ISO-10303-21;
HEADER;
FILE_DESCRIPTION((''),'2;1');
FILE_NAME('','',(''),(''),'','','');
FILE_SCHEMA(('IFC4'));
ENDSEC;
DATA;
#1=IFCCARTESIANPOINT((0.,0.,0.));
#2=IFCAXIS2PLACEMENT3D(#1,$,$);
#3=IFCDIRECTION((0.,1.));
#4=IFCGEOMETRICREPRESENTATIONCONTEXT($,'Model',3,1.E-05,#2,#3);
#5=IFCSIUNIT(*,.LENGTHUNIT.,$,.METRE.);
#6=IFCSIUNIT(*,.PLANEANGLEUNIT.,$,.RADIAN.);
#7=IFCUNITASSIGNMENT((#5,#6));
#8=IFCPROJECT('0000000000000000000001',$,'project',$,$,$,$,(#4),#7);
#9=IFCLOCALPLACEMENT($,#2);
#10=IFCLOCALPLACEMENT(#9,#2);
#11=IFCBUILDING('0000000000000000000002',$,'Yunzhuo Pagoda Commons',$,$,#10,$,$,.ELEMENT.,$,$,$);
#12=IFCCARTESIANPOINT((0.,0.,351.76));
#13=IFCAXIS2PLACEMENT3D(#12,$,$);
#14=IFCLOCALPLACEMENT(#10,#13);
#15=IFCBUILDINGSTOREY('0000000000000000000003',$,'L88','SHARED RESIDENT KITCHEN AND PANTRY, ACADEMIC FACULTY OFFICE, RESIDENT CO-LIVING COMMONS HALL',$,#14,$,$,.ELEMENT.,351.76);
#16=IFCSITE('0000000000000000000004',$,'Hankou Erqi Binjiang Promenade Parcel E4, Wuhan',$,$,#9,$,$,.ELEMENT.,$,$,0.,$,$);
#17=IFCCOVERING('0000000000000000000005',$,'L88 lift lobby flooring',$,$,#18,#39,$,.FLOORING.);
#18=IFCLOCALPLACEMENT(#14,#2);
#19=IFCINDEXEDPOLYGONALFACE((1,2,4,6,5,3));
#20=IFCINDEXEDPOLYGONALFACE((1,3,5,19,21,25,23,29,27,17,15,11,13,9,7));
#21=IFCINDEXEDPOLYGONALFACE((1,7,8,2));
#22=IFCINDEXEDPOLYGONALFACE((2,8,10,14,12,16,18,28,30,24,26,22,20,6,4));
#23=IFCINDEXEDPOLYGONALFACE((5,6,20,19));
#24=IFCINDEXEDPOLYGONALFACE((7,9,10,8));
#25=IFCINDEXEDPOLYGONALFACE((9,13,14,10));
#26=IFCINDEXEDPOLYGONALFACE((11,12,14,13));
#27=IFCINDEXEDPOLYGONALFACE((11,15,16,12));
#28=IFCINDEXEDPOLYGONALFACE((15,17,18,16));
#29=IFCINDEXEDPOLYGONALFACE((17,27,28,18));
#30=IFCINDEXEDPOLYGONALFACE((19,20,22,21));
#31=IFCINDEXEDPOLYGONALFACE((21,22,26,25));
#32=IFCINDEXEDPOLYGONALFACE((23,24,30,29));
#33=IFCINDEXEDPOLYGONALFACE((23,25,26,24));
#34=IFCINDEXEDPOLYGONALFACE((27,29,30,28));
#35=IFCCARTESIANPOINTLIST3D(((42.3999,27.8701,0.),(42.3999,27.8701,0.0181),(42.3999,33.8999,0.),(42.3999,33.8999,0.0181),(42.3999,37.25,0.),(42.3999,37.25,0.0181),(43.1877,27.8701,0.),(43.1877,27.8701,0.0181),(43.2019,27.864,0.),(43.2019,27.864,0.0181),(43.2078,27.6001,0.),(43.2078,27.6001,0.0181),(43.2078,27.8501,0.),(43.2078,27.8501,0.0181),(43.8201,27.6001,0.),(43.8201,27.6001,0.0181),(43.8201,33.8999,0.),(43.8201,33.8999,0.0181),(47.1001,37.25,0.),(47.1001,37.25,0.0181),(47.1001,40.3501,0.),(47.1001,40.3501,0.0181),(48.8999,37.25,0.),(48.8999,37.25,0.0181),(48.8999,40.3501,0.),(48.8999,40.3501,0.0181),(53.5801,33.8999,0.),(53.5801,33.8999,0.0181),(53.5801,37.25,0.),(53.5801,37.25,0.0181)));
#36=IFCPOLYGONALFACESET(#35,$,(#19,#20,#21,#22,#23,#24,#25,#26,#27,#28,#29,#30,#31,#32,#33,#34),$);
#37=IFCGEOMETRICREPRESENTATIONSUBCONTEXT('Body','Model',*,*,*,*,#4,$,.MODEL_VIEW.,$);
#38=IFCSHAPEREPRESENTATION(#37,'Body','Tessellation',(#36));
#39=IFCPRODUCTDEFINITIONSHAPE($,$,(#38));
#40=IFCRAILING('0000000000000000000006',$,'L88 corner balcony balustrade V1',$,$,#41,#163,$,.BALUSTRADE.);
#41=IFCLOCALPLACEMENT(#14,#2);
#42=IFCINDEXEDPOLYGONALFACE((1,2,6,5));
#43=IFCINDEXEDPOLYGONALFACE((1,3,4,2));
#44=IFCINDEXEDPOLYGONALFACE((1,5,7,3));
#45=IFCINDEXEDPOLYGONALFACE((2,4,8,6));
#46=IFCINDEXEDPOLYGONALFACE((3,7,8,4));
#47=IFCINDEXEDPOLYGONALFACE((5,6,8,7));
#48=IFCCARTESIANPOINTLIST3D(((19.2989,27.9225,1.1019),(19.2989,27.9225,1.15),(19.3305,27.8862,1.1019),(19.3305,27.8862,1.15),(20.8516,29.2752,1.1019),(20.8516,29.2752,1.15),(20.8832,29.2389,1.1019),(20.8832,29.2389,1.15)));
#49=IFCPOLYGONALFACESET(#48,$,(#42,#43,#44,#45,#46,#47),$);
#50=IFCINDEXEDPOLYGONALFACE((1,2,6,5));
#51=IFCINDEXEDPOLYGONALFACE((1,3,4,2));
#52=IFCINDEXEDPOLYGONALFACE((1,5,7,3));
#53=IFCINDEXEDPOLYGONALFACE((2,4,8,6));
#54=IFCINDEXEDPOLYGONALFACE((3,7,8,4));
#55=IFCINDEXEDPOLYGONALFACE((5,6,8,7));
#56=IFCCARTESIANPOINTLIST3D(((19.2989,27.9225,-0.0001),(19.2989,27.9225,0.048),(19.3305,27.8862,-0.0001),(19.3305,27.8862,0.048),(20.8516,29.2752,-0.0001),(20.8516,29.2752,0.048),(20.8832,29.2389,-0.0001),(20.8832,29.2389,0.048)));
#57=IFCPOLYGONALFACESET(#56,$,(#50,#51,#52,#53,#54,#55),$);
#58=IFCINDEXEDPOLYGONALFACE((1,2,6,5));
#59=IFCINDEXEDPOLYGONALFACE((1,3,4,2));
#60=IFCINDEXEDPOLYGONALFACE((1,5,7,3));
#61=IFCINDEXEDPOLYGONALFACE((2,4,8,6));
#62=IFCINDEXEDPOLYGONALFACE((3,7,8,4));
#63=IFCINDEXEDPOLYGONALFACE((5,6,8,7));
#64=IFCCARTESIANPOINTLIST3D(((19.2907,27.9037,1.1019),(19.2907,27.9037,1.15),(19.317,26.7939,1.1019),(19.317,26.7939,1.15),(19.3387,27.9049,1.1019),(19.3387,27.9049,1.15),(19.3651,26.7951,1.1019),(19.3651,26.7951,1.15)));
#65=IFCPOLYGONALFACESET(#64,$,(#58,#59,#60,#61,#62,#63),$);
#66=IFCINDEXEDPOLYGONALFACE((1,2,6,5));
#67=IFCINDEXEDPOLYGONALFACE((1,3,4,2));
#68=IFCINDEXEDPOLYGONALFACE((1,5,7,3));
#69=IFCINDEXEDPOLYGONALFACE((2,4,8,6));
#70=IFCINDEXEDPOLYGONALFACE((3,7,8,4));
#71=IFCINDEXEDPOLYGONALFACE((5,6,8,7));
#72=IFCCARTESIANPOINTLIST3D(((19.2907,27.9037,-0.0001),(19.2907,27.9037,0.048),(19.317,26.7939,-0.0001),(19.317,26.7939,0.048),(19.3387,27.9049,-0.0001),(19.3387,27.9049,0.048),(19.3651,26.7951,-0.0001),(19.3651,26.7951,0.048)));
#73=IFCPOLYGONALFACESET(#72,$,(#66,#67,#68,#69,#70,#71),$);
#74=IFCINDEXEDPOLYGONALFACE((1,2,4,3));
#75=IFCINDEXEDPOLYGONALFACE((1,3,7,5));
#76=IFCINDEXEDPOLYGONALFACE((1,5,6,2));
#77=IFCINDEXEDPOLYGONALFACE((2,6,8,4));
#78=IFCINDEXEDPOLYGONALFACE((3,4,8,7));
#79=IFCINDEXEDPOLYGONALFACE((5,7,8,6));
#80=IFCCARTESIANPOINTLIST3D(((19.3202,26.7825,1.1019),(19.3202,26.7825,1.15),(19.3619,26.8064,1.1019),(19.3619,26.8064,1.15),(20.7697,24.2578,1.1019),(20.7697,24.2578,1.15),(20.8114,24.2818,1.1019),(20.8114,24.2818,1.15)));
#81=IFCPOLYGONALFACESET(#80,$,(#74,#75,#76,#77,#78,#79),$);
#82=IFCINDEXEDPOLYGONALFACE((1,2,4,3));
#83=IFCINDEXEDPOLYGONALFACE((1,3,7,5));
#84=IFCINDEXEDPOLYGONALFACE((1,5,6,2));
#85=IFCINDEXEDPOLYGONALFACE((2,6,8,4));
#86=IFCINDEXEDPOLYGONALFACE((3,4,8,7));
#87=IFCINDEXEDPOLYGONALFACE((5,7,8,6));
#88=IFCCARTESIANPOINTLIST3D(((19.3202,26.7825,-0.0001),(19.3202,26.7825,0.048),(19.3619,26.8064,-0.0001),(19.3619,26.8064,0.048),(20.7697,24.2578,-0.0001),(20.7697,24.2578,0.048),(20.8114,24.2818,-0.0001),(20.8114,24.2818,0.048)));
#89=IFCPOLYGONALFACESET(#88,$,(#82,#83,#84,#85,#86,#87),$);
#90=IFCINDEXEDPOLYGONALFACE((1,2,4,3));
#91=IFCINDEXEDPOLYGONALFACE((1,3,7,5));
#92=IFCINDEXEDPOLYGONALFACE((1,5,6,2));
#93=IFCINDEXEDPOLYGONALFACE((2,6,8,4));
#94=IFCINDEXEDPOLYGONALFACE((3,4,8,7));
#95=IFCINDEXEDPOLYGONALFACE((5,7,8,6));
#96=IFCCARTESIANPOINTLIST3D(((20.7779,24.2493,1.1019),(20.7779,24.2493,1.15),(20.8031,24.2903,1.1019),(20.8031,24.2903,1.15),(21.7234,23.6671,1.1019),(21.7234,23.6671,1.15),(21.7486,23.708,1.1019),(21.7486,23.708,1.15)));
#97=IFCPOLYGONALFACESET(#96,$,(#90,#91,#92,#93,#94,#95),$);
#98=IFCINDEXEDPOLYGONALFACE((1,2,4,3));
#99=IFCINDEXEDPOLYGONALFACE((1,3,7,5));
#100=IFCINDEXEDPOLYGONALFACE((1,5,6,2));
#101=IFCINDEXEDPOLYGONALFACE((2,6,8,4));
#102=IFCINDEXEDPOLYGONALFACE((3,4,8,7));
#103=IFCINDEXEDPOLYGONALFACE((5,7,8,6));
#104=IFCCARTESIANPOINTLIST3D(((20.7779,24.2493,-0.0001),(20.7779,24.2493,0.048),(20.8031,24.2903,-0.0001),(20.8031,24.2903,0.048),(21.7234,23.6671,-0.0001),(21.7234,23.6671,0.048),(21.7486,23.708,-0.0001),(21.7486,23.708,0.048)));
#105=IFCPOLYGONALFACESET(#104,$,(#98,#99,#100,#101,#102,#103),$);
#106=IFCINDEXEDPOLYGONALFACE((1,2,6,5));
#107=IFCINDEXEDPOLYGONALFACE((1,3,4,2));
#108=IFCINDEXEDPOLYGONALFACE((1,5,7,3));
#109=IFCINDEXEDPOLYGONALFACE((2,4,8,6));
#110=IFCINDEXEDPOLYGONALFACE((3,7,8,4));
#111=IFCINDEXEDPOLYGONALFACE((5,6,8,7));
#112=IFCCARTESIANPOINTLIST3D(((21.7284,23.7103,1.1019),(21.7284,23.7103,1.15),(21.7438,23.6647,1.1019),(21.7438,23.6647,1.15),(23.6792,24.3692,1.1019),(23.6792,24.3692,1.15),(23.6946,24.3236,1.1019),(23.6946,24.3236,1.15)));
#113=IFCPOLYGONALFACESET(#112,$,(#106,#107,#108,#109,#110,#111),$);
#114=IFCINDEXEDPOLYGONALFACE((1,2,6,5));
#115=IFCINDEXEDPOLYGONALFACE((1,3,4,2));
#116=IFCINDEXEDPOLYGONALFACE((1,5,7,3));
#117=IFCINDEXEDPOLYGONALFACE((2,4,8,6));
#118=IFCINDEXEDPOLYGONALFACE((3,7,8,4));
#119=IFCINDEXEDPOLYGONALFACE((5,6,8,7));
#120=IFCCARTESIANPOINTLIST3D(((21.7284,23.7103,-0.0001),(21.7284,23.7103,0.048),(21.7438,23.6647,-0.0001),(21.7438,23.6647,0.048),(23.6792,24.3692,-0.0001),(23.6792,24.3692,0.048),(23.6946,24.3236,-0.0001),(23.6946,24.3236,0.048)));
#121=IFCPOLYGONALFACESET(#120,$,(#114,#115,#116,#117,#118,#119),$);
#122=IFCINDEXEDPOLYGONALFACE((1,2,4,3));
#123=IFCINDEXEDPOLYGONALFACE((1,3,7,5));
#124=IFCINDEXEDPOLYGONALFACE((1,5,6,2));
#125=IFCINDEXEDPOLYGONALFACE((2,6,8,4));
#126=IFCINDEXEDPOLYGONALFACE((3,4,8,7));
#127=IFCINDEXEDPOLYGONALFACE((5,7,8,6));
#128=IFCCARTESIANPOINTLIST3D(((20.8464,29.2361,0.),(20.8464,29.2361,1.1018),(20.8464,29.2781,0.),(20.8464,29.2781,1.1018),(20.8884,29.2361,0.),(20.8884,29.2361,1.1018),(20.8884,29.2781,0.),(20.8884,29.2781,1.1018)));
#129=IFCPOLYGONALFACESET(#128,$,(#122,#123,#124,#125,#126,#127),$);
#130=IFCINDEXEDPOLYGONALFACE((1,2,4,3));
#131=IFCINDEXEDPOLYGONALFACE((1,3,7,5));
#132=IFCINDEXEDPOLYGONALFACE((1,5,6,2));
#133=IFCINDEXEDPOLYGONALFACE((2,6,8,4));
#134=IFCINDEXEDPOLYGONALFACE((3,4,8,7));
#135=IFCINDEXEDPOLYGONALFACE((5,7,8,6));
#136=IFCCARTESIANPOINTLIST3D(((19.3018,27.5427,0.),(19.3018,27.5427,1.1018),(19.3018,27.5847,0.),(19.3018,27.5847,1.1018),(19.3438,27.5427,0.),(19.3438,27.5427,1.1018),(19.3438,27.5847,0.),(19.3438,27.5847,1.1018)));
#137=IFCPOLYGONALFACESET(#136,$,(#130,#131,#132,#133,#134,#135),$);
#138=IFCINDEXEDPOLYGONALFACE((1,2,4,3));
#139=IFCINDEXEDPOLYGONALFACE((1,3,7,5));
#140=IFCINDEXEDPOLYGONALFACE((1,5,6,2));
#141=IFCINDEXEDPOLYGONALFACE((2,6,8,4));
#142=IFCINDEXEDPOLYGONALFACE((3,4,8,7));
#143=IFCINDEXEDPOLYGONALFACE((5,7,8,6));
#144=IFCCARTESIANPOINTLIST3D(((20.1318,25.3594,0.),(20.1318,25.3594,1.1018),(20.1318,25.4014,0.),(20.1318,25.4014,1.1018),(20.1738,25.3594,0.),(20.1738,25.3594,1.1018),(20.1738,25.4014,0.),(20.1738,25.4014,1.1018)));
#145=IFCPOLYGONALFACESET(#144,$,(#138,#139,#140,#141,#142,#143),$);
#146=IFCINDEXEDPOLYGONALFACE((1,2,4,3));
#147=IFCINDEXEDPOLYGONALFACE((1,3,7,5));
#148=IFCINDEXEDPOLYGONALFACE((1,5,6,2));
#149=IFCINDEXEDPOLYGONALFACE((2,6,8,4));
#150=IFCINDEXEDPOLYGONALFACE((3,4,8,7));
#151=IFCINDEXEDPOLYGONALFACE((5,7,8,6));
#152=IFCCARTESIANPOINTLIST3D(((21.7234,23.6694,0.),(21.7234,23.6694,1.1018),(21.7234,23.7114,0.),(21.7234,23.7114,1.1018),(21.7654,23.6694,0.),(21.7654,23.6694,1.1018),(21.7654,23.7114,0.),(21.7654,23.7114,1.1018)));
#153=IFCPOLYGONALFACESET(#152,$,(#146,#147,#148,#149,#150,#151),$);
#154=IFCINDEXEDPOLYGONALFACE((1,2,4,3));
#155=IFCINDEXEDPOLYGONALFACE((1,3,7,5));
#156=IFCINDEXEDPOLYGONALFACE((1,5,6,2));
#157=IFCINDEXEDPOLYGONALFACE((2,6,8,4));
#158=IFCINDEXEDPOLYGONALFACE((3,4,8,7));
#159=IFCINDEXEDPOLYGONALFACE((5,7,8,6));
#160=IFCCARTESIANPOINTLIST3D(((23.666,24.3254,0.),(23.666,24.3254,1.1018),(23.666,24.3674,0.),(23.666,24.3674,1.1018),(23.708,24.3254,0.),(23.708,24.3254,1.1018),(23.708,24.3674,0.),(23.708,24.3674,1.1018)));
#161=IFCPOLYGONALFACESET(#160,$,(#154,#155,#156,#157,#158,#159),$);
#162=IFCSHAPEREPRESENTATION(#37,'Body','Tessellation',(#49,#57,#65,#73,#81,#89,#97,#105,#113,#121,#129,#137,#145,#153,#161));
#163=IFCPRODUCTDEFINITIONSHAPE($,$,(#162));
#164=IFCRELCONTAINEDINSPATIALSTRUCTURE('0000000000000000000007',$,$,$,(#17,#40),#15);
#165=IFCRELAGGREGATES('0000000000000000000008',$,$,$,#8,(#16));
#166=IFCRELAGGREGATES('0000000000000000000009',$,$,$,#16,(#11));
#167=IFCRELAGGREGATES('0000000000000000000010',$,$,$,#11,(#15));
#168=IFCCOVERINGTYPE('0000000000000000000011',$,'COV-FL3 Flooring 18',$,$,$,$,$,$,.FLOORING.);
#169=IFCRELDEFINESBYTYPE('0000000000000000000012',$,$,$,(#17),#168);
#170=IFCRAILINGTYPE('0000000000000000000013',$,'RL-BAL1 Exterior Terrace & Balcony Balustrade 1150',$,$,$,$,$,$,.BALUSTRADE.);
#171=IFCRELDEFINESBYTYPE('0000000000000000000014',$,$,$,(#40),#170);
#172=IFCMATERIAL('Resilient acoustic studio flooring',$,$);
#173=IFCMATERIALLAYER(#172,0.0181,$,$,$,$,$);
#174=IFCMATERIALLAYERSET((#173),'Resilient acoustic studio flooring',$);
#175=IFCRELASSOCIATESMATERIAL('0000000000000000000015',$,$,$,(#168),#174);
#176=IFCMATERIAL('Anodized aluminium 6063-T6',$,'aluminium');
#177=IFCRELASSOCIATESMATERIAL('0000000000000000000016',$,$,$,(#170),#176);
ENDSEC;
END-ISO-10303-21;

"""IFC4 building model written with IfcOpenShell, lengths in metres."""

from ifc_helpers import new_model, si_unit, direction, frame, origin, origin_2d, place, context, subcontext, project, spatial, polyline, rectangle, outline, extrude, material, layer, layer_set, type_object, element, save


model = new_model("IFC4")

# Units and contexts
model_context = context("Model", 3, precision=1e-05, world=origin(), true_north=direction((0.0, 1.0)))
body_context = subcontext(model_context, "Body", "Model", "MODEL_VIEW")
ifc_project = project(units=[si_unit("LENGTHUNIT", "METRE"), si_unit("PLANEANGLEUNIT", "RADIAN")], contexts=[model_context])

# Site, building, storey
site_placement = place(None, origin())
site = spatial("IfcSite", under=ifc_project, at=site_placement, Name="Hankou Erqi Binjiang Promenade Parcel E4, Wuhan", CompositionType="ELEMENT", RefElevation=0.0)
building_placement = place(site_placement, origin())
building = spatial("IfcBuilding", under=site, at=building_placement, Name="Yunzhuo Pagoda Commons", CompositionType="ELEMENT")
storey_placement = place(building_placement, frame((0.0, 0.0, 351.76)))
storey = spatial("IfcBuildingStorey", under=building, at=storey_placement, Name="L88", Description="SHARED RESIDENT KITCHEN AND PANTRY, ACADEMIC FACULTY OFFICE, RESIDENT CO-LIVING COMMONS HALL", CompositionType="ELEMENT", Elevation=351.76)

# Shared definitions
ifc_material_1 = material(Name="Anodized aluminium 6063-T6", Category="aluminium")

# Covering
ifc_material_2 = material(Name="Resilient acoustic studio flooring")
ifc_layer_1 = layer(ifc_material_2, 0.0181)
ifc_layer_set_1 = layer_set([ifc_layer_1], Name="Resilient acoustic studio flooring")
covering_type_1 = type_object("IfcCoveringType", Name="COV-FL3 Flooring 18", PredefinedType="FLOORING", material=ifc_layer_set_1)
covering_1_placement = place(storey_placement, origin())
element("IfcCovering", 1, at=covering_1_placement, inside=storey, type_object=covering_type_1, Name="L88 lift lobby flooring", PredefinedType="FLOORING", context=body_context, shape_type="SweptSolid", body=[
    extrude(outline(polyline([(43.2078, 27.8501), (43.2019, 27.864), (43.1877, 27.8701), (42.3999, 27.8701), (42.3999, 33.8999), (42.3999, 37.25), (47.1001, 37.25), (47.1001, 40.3501), (48.8999, 40.3501), (48.8999, 37.25), (53.5801, 37.25), (53.5801, 33.8999), (43.8201, 33.8999), (43.8201, 27.6001), (43.2078, 27.6001), (43.2078, 27.8501)])), origin(), (0.0, 0.0, 1.0), 0.0181),
])

# Railing
railing_type = type_object("IfcRailingType", Name="RL-BAL1 Exterior Terrace & Balcony Balustrade 1150", PredefinedType="BALUSTRADE", material=ifc_material_1)
railing_placement = place(storey_placement, frame((20.8674, 29.2571, 0.0)))
element("IfcRailing", 2, at=railing_placement, inside=storey, type_object=railing_type, Name="L88 corner balcony balustrade V1", PredefinedType="BALUSTRADE", context=body_context, shape_type="SweptSolid", body=[
    extrude(rectangle(XDim=0.0481, YDim=0.0481, at=origin_2d()), frame((0.0, 0.0, 1.126), z_axis=(-0.753985, -0.656892, 0.0), x_axis=(0.656892, -0.753985, 0.0)), (0.0, 0.0, 1.0), 2.0593),
    extrude(rectangle(XDim=0.0481, YDim=0.0481, at=origin_2d()), frame((0.0, 0.0, 0.0239), z_axis=(-0.753985, -0.656892, 0.0), x_axis=(0.656892, -0.753985, 0.0)), (0.0, 0.0, 1.0), 2.0593),
    extrude(rectangle(XDim=0.0481, YDim=0.0481, at=origin_2d()), frame((-1.5527, -1.3528, 1.126), z_axis=(0.02375, -0.999718, 0.0), x_axis=(0.999718, 0.02375, 0.0)), (0.0, 0.0, 1.0), 1.1101),
    extrude(rectangle(XDim=0.0481, YDim=0.0481, at=origin_2d()), frame((-1.5527, -1.3528, 0.0239), z_axis=(0.02375, -0.999718, 0.0), x_axis=(0.999718, 0.02375, 0.0)), (0.0, 0.0, 1.0), 1.1101),
    extrude(rectangle(XDim=0.0481, YDim=0.0481, at=origin_2d()), frame((-1.5264, -2.4626, 1.126), z_axis=(0.497899, -0.867235, 0.0), x_axis=(0.867235, 0.497899, 0.0)), (0.0, 0.0, 1.0), 2.9111),
    extrude(rectangle(XDim=0.0481, YDim=0.0481, at=origin_2d()), frame((-1.5264, -2.4626, 0.0239), z_axis=(0.497899, -0.867235, 0.0), x_axis=(0.867235, 0.497899, 0.0)), (0.0, 0.0, 1.0), 2.9111),
    extrude(rectangle(XDim=0.0481, YDim=0.0481, at=origin_2d()), frame((-0.0769, -4.9873, 1.126), z_axis=(0.8515, -0.524355, 0.0), x_axis=(0.524355, 0.8515, 0.0)), (0.0, 0.0, 1.0), 1.1104),
    extrude(rectangle(XDim=0.0481, YDim=0.0481, at=origin_2d()), frame((-0.0769, -4.9873, 0.0239), z_axis=(0.8515, -0.524355, 0.0), x_axis=(0.524355, 0.8515, 0.0)), (0.0, 0.0, 1.0), 1.1104),
    extrude(rectangle(XDim=0.0481, YDim=0.0481, at=origin_2d()), frame((0.8687, -5.5696, 1.126), z_axis=(0.947419, 0.319996, 0.0), x_axis=(-0.319996, 0.947419, 0.0)), (0.0, 0.0, 1.0), 2.0591),
    extrude(rectangle(XDim=0.0481, YDim=0.0481, at=origin_2d()), frame((0.8687, -5.5696, 0.0239), z_axis=(0.947419, 0.319996, 0.0), x_axis=(-0.319996, 0.947419, 0.0)), (0.0, 0.0, 1.0), 2.0591),
    extrude(rectangle(XDim=0.042, YDim=0.042, at=origin_2d()), origin(), (0.0, 0.0, 1.0), 1.1018),
    extrude(rectangle(XDim=0.042, YDim=0.042, at=origin_2d()), frame((-1.5447, -1.6934, 0.0)), (0.0, 0.0, 1.0), 1.1018),
    extrude(rectangle(XDim=0.042, YDim=0.042, at=origin_2d()), frame((-0.7146, -3.8767, 0.0)), (0.0, 0.0, 1.0), 1.1018),
    extrude(rectangle(XDim=0.042, YDim=0.042, at=origin_2d()), frame((0.877, -5.5667, 0.0)), (0.0, 0.0, 1.0), 1.1018),
    extrude(rectangle(XDim=0.042, YDim=0.042, at=origin_2d()), frame((2.8196, -4.9106, 0.0)), (0.0, 0.0, 1.0), 1.1018),
])

save(model, "model.ifc")
